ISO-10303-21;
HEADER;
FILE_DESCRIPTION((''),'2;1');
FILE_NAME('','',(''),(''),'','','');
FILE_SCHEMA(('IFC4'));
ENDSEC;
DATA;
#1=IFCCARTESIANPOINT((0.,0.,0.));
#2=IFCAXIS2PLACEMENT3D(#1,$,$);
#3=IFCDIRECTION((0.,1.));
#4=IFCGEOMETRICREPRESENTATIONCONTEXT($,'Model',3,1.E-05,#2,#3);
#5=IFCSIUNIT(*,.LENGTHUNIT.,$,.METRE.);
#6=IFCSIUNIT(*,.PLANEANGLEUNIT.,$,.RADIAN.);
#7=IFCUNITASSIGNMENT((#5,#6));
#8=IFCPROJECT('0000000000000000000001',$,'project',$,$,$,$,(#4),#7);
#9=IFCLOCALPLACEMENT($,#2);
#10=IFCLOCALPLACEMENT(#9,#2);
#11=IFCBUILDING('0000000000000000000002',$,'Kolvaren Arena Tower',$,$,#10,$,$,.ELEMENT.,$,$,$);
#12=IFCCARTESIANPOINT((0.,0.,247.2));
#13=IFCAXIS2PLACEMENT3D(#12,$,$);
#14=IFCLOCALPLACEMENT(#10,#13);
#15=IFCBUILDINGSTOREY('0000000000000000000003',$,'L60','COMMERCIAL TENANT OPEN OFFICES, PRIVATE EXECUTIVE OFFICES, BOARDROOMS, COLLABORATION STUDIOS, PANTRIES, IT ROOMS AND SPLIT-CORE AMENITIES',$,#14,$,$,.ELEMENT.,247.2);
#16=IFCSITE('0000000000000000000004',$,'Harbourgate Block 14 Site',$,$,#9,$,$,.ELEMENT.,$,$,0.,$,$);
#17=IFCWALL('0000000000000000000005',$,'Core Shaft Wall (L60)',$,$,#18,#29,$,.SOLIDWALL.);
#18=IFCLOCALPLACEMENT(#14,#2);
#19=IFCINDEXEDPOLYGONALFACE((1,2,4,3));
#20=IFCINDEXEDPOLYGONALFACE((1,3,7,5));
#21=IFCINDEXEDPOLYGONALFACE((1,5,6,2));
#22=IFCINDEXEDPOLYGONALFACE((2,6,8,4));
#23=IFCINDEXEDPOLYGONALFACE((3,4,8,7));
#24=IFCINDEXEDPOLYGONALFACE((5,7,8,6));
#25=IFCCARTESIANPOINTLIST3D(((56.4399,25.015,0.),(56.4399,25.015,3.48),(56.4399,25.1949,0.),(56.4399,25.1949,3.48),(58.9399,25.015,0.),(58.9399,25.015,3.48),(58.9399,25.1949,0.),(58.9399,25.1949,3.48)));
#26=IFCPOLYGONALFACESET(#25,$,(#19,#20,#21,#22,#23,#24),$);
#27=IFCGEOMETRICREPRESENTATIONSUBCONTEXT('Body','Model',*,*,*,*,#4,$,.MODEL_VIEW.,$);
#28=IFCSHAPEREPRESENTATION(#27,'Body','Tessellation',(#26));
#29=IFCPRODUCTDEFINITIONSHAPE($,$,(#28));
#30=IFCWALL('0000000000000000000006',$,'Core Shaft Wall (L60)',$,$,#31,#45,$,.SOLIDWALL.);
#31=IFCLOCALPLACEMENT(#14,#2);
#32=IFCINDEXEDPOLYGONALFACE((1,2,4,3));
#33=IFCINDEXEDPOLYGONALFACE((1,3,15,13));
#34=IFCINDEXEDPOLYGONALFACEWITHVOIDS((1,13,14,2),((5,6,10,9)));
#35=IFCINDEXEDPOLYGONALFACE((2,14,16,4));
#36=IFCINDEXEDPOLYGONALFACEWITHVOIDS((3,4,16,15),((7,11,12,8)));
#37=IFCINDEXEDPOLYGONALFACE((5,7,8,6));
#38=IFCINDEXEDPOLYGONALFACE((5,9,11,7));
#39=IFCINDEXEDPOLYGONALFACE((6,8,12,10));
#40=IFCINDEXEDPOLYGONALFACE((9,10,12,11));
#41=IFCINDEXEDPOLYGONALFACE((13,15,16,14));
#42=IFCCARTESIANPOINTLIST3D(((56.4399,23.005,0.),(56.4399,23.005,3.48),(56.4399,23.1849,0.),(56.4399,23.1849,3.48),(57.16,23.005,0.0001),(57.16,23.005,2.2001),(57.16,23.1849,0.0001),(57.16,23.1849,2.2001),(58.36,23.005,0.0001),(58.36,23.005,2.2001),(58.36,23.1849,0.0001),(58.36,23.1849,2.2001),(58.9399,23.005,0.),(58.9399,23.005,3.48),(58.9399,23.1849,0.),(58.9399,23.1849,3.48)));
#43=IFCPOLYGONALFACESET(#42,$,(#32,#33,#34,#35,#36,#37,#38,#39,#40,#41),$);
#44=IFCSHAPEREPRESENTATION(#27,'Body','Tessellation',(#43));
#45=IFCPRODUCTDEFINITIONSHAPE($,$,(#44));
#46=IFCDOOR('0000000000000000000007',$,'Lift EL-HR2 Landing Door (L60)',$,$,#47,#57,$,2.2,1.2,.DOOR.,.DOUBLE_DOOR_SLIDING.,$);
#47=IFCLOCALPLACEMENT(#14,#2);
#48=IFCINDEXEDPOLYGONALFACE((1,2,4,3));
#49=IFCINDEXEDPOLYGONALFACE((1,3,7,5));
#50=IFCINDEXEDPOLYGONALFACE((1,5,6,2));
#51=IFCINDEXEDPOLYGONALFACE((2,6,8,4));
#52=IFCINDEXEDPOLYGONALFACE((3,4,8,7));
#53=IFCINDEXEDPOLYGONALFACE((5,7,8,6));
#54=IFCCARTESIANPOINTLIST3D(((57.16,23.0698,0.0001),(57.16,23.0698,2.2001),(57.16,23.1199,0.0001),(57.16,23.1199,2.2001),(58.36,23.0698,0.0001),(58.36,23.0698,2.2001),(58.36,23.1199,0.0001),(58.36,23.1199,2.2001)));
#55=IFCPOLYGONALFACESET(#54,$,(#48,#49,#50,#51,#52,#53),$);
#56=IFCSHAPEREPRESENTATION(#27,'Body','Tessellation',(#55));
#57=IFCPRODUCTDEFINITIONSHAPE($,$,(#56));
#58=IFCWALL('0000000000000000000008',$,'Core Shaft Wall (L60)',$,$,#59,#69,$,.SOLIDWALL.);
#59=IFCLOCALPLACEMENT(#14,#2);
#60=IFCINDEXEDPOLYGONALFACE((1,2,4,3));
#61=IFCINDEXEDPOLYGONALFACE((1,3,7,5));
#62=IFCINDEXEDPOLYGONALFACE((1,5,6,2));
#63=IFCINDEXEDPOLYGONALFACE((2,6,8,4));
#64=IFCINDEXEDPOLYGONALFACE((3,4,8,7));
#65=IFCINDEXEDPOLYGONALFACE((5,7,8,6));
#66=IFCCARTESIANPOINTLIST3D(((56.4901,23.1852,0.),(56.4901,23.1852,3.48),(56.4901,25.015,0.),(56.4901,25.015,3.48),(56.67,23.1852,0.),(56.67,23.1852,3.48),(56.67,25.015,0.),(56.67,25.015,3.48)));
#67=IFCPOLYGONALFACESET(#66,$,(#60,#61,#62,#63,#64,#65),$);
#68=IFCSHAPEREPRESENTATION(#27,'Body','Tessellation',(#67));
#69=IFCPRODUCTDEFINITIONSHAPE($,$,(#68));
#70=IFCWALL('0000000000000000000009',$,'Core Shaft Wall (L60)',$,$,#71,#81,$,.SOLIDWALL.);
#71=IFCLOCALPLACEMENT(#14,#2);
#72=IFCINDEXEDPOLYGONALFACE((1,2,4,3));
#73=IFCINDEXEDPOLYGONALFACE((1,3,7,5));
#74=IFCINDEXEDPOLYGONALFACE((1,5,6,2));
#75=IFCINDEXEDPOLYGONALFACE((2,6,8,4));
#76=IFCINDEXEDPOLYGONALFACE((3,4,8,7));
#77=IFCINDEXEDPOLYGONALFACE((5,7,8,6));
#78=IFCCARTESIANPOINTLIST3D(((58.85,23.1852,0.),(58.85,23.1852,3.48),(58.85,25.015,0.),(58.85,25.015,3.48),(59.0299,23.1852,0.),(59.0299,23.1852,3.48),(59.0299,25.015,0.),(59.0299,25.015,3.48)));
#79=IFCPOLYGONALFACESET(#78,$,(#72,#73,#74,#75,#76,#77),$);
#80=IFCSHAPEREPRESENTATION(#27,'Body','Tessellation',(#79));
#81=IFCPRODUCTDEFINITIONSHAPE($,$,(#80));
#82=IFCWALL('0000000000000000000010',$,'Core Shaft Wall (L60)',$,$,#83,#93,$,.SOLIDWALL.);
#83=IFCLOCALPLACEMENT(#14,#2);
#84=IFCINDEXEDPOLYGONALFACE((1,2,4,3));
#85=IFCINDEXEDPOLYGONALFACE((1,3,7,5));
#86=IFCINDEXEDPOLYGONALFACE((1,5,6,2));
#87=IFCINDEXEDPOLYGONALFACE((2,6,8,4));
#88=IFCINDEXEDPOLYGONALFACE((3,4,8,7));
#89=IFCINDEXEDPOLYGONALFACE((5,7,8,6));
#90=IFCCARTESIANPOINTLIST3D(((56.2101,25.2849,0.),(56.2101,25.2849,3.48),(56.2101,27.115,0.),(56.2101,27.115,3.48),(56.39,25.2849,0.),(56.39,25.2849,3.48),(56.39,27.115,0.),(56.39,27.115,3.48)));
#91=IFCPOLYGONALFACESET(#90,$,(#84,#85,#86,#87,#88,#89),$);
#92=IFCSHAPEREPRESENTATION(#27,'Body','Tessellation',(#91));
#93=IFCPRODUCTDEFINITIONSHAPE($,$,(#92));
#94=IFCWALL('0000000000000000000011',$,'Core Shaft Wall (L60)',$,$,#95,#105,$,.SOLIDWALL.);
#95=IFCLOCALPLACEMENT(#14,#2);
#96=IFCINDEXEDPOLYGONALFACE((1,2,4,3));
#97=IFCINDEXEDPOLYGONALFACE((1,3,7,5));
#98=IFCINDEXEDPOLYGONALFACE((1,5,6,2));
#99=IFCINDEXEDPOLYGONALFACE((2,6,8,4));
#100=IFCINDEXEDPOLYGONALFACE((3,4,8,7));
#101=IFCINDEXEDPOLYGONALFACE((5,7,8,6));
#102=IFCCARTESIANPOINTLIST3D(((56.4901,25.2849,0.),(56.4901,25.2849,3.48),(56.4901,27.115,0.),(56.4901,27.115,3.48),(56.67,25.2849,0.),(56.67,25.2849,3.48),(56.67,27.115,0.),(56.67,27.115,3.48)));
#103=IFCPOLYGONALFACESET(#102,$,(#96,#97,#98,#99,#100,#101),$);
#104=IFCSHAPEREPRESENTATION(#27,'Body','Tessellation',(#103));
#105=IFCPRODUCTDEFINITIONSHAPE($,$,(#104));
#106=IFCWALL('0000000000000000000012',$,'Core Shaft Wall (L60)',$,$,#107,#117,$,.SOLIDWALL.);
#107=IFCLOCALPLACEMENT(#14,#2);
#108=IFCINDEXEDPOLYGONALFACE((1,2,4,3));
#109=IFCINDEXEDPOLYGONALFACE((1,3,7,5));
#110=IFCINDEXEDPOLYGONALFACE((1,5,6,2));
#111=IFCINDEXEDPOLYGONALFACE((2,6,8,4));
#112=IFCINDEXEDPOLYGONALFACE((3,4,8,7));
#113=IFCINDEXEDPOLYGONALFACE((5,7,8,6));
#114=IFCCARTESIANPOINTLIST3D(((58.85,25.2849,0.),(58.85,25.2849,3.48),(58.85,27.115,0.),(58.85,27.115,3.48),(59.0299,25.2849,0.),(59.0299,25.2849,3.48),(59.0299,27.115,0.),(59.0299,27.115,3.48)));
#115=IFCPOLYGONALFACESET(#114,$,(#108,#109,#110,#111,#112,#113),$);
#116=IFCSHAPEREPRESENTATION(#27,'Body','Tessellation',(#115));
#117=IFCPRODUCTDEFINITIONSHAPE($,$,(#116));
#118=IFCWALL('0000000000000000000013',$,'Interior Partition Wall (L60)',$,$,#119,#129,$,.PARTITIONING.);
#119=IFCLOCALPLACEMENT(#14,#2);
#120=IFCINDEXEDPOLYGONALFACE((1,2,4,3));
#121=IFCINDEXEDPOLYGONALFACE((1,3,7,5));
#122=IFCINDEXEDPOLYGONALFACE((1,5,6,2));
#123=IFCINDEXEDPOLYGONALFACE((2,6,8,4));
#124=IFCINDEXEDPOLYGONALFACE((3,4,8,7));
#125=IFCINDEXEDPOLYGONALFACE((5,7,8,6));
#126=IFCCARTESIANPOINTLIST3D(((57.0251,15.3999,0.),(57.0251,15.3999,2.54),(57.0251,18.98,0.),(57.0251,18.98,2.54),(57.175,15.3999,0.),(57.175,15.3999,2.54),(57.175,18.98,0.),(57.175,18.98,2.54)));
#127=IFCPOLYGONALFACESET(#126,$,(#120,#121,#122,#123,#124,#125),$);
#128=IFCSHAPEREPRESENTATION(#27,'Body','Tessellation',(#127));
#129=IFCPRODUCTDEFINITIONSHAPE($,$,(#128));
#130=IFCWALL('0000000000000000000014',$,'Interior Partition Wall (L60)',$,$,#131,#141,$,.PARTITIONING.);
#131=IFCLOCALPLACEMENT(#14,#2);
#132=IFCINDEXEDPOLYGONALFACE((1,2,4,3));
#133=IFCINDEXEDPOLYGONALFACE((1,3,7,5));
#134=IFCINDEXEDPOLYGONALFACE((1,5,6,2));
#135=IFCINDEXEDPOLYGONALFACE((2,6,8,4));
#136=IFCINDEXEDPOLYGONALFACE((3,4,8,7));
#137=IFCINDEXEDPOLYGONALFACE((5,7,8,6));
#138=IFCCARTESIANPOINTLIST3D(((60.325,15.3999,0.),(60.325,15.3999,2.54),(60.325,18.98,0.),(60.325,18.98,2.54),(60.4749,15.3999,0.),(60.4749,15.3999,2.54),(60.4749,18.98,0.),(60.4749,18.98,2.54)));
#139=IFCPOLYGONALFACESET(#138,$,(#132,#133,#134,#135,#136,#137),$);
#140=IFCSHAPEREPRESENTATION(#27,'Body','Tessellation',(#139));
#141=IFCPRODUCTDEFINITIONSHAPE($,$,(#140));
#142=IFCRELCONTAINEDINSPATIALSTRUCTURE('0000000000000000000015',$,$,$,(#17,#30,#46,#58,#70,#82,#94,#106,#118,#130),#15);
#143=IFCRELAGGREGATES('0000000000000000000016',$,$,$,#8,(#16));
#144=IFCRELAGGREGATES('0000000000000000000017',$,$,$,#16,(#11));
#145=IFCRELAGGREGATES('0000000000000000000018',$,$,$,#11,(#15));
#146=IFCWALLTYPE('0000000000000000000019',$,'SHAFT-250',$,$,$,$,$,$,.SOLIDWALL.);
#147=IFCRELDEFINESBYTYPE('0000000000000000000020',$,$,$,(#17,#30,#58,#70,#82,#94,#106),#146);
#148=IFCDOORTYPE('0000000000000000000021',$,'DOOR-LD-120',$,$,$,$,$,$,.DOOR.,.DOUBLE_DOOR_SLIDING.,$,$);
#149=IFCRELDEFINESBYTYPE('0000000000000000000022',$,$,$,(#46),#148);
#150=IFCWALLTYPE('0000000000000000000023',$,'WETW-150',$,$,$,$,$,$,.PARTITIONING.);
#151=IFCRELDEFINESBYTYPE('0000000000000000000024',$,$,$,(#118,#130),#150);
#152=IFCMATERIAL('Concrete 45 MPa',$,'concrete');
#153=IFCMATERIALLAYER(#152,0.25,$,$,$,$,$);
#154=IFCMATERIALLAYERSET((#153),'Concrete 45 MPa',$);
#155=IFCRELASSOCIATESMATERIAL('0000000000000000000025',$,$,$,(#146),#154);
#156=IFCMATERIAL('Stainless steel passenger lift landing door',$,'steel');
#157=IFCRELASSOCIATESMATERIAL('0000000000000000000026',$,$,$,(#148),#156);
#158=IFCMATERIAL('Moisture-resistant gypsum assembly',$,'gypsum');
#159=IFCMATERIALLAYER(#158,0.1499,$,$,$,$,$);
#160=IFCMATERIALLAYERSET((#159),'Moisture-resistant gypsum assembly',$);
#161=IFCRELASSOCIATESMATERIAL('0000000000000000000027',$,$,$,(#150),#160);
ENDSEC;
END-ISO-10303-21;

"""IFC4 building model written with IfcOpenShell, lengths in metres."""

from ifc_helpers import new_model, si_unit, direction, frame, frame_2d, origin, place, context, subcontext, project, spatial, rectangle, extrude, material, layer, layer_set, type_object, element, fill, save


model = new_model("IFC4")

# Units and contexts
model_context = context("Model", 3, precision=1e-05, world=origin(), true_north=direction((0.0, 1.0)))
body_context = subcontext(model_context, "Body", "Model", "MODEL_VIEW")
ifc_project = project(units=[si_unit("LENGTHUNIT", "METRE"), si_unit("PLANEANGLEUNIT", "RADIAN")], contexts=[model_context])

# Site, building, storey
site_placement = place(None, origin())
site = spatial("IfcSite", under=ifc_project, at=site_placement, Name="Harbourgate Block 14 Site", CompositionType="ELEMENT", RefElevation=0.0)
building_placement = place(site_placement, origin())
building = spatial("IfcBuilding", under=site, at=building_placement, Name="Kolvaren Arena Tower", CompositionType="ELEMENT")
storey_placement = place(building_placement, frame((0.0, 0.0, 247.2)))
storey = spatial("IfcBuildingStorey", under=building, at=storey_placement, Name="L60", Description="COMMERCIAL TENANT OPEN OFFICES, PRIVATE EXECUTIVE OFFICES, BOARDROOMS, COLLABORATION STUDIOS, PANTRIES, IT ROOMS AND SPLIT-CORE AMENITIES", CompositionType="ELEMENT", Elevation=247.2)

# Wall
ifc_material_1 = material(Name="Concrete 45 MPa", Category="concrete")
ifc_layer_1 = layer(ifc_material_1, 0.25)
ifc_layer_set_1 = layer_set([ifc_layer_1], Name="Concrete 45 MPa")
wall_type_1 = type_object("IfcWallType", Name="SHAFT-250", PredefinedType="SOLIDWALL", material=ifc_layer_set_1)
wall_1_placement = place(storey_placement, frame((56.4399, 25.105, 0.0), z_axis=(0.0, 0.0, 1.0), x_axis=(1.0, 0.0, 0.0)))
element("IfcWall", 1, at=wall_1_placement, inside=storey, type_object=wall_type_1, Name="Core Shaft Wall (L60)", PredefinedType="SOLIDWALL", context=body_context, shape_type="SweptSolid", body=[
    extrude(rectangle(XDim=2.5, YDim=0.1799, at=frame_2d((1.25, 0.0))), origin(), (0.0, 0.0, 1.0), 3.48),
])

# Wall, opening, door
wall_2_placement = place(storey_placement, frame((56.4399, 23.095, 0.0), z_axis=(0.0, 0.0, 1.0), x_axis=(1.0, 0.0, 0.0)))
wall_2 = element("IfcWall", 2, at=wall_2_placement, inside=storey, type_object=wall_type_1, Name="Core Shaft Wall (L60)", PredefinedType="SOLIDWALL", context=body_context, shape_type="SweptSolid", body=[
    extrude(rectangle(XDim=2.5, YDim=0.1799, at=frame_2d((1.25, 0.0))), origin(), (0.0, 0.0, 1.0), 3.48),
])
opening_1_placement = place(wall_2_placement, frame((0.72, 0.0, 0.0)))
opening_1 = element("IfcOpeningElement", 3, at=opening_1_placement, cuts=wall_2, PredefinedType="OPENING", context=body_context, shape_type="SweptSolid", body=[
    extrude(rectangle(XDim=1.2, YDim=2.2, at=frame_2d((0.6001, 1.1001))), frame((0.0, 0.0999, 0.0), z_axis=(0.0, -1.0, 0.0), x_axis=(1.0, 0.0, 0.0)), (0.0, 0.0, 1.0), 0.2),
])
ifc_material_2 = material(Name="Stainless steel passenger lift landing door", Category="steel")
door_type_1 = type_object("IfcDoorType", Name="DOOR-LD-120", OperationType="DOUBLE_DOOR_SLIDING", PredefinedType="DOOR", material=ifc_material_2)
door_1_placement = place(opening_1_placement, origin())
door_1 = element("IfcDoor", 4, at=door_1_placement, inside=storey, type_object=door_type_1, Name="Lift EL-HR2 Landing Door (L60)", OperationType="DOUBLE_DOOR_SLIDING", OverallHeight=2.2, OverallWidth=1.2, PredefinedType="DOOR", context=body_context, shape_type="SweptSolid", body=[
    extrude(rectangle(XDim=1.2, YDim=2.2, at=frame_2d((0.6001, 1.1001))), frame((0.0, 0.0249, 0.0), z_axis=(0.0, -1.0, 0.0), x_axis=(1.0, 0.0, 0.0)), (0.0, 0.0, 1.0), 0.05),
])
fill(opening_1, door_1)

# Walls
for number, where, z_axis, x_axis, name in (
    (5, (56.5801, 23.1851, 0.0), (0.0, 0.0, 1.0), (0.0, 1.0, 0.0), "Core Shaft Wall (L60)"),
    (6, (58.9399, 23.1851, 0.0), (0.0, 0.0, 1.0), (0.0, 1.0, 0.0), "Core Shaft Wall (L60)"),
):
    element("IfcWall", number, at=place(storey_placement, frame(where, z_axis=z_axis, x_axis=x_axis)), inside=storey, type_object=wall_type_1, Name=name, PredefinedType="SOLIDWALL", context=body_context, shape_type="SweptSolid", body=[
        extrude(rectangle(XDim=1.8298, YDim=0.1799, at=frame_2d((0.915, 0.0))), origin(), (0.0, 0.0, 1.0), 3.48),
    ])
for number, where, z_axis, x_axis, name in (
    (7, (56.3, 25.2849, 0.0), (0.0, 0.0, 1.0), (0.0, 1.0, 0.0), "Core Shaft Wall (L60)"),
    (8, (56.5801, 25.2849, 0.0), (0.0, 0.0, 1.0), (0.0, 1.0, 0.0), "Core Shaft Wall (L60)"),
    (9, (58.9399, 25.2849, 0.0), (0.0, 0.0, 1.0), (0.0, 1.0, 0.0), "Core Shaft Wall (L60)"),
):
    element("IfcWall", number, at=place(storey_placement, frame(where, z_axis=z_axis, x_axis=x_axis)), inside=storey, type_object=wall_type_1, Name=name, PredefinedType="SOLIDWALL", context=body_context, shape_type="SweptSolid", body=[
        extrude(rectangle(XDim=1.8301, YDim=0.1799, at=frame_2d((0.915, 0.0))), origin(), (0.0, 0.0, 1.0), 3.48),
    ])
ifc_material_3 = material(Name="Moisture-resistant gypsum assembly", Category="gypsum")
ifc_layer_2 = layer(ifc_material_3, 0.1499)
ifc_layer_set_2 = layer_set([ifc_layer_2], Name="Moisture-resistant gypsum assembly")
wall_type_2 = type_object("IfcWallType", Name="WETW-150", PredefinedType="PARTITIONING", material=ifc_layer_set_2)
for number, where, z_axis, x_axis, name in (
    (10, (57.1001, 15.3999, 0.0), (0.0, 0.0, 1.0), (0.0, 1.0, 0.0), "Interior Partition Wall (L60)"),
    (11, (60.3999, 15.3999, 0.0), (0.0, 0.0, 1.0), (0.0, 1.0, 0.0), "Interior Partition Wall (L60)"),
):
    element("IfcWall", number, at=place(storey_placement, frame(where, z_axis=z_axis, x_axis=x_axis)), inside=storey, type_object=wall_type_2, Name=name, PredefinedType="PARTITIONING", context=body_context, shape_type="SweptSolid", body=[
        extrude(rectangle(XDim=3.5801, YDim=0.1499, at=frame_2d((1.79, 0.0))), origin(), (0.0, 0.0, 1.0), 2.54),
    ])

save(model, "model.ifc")
